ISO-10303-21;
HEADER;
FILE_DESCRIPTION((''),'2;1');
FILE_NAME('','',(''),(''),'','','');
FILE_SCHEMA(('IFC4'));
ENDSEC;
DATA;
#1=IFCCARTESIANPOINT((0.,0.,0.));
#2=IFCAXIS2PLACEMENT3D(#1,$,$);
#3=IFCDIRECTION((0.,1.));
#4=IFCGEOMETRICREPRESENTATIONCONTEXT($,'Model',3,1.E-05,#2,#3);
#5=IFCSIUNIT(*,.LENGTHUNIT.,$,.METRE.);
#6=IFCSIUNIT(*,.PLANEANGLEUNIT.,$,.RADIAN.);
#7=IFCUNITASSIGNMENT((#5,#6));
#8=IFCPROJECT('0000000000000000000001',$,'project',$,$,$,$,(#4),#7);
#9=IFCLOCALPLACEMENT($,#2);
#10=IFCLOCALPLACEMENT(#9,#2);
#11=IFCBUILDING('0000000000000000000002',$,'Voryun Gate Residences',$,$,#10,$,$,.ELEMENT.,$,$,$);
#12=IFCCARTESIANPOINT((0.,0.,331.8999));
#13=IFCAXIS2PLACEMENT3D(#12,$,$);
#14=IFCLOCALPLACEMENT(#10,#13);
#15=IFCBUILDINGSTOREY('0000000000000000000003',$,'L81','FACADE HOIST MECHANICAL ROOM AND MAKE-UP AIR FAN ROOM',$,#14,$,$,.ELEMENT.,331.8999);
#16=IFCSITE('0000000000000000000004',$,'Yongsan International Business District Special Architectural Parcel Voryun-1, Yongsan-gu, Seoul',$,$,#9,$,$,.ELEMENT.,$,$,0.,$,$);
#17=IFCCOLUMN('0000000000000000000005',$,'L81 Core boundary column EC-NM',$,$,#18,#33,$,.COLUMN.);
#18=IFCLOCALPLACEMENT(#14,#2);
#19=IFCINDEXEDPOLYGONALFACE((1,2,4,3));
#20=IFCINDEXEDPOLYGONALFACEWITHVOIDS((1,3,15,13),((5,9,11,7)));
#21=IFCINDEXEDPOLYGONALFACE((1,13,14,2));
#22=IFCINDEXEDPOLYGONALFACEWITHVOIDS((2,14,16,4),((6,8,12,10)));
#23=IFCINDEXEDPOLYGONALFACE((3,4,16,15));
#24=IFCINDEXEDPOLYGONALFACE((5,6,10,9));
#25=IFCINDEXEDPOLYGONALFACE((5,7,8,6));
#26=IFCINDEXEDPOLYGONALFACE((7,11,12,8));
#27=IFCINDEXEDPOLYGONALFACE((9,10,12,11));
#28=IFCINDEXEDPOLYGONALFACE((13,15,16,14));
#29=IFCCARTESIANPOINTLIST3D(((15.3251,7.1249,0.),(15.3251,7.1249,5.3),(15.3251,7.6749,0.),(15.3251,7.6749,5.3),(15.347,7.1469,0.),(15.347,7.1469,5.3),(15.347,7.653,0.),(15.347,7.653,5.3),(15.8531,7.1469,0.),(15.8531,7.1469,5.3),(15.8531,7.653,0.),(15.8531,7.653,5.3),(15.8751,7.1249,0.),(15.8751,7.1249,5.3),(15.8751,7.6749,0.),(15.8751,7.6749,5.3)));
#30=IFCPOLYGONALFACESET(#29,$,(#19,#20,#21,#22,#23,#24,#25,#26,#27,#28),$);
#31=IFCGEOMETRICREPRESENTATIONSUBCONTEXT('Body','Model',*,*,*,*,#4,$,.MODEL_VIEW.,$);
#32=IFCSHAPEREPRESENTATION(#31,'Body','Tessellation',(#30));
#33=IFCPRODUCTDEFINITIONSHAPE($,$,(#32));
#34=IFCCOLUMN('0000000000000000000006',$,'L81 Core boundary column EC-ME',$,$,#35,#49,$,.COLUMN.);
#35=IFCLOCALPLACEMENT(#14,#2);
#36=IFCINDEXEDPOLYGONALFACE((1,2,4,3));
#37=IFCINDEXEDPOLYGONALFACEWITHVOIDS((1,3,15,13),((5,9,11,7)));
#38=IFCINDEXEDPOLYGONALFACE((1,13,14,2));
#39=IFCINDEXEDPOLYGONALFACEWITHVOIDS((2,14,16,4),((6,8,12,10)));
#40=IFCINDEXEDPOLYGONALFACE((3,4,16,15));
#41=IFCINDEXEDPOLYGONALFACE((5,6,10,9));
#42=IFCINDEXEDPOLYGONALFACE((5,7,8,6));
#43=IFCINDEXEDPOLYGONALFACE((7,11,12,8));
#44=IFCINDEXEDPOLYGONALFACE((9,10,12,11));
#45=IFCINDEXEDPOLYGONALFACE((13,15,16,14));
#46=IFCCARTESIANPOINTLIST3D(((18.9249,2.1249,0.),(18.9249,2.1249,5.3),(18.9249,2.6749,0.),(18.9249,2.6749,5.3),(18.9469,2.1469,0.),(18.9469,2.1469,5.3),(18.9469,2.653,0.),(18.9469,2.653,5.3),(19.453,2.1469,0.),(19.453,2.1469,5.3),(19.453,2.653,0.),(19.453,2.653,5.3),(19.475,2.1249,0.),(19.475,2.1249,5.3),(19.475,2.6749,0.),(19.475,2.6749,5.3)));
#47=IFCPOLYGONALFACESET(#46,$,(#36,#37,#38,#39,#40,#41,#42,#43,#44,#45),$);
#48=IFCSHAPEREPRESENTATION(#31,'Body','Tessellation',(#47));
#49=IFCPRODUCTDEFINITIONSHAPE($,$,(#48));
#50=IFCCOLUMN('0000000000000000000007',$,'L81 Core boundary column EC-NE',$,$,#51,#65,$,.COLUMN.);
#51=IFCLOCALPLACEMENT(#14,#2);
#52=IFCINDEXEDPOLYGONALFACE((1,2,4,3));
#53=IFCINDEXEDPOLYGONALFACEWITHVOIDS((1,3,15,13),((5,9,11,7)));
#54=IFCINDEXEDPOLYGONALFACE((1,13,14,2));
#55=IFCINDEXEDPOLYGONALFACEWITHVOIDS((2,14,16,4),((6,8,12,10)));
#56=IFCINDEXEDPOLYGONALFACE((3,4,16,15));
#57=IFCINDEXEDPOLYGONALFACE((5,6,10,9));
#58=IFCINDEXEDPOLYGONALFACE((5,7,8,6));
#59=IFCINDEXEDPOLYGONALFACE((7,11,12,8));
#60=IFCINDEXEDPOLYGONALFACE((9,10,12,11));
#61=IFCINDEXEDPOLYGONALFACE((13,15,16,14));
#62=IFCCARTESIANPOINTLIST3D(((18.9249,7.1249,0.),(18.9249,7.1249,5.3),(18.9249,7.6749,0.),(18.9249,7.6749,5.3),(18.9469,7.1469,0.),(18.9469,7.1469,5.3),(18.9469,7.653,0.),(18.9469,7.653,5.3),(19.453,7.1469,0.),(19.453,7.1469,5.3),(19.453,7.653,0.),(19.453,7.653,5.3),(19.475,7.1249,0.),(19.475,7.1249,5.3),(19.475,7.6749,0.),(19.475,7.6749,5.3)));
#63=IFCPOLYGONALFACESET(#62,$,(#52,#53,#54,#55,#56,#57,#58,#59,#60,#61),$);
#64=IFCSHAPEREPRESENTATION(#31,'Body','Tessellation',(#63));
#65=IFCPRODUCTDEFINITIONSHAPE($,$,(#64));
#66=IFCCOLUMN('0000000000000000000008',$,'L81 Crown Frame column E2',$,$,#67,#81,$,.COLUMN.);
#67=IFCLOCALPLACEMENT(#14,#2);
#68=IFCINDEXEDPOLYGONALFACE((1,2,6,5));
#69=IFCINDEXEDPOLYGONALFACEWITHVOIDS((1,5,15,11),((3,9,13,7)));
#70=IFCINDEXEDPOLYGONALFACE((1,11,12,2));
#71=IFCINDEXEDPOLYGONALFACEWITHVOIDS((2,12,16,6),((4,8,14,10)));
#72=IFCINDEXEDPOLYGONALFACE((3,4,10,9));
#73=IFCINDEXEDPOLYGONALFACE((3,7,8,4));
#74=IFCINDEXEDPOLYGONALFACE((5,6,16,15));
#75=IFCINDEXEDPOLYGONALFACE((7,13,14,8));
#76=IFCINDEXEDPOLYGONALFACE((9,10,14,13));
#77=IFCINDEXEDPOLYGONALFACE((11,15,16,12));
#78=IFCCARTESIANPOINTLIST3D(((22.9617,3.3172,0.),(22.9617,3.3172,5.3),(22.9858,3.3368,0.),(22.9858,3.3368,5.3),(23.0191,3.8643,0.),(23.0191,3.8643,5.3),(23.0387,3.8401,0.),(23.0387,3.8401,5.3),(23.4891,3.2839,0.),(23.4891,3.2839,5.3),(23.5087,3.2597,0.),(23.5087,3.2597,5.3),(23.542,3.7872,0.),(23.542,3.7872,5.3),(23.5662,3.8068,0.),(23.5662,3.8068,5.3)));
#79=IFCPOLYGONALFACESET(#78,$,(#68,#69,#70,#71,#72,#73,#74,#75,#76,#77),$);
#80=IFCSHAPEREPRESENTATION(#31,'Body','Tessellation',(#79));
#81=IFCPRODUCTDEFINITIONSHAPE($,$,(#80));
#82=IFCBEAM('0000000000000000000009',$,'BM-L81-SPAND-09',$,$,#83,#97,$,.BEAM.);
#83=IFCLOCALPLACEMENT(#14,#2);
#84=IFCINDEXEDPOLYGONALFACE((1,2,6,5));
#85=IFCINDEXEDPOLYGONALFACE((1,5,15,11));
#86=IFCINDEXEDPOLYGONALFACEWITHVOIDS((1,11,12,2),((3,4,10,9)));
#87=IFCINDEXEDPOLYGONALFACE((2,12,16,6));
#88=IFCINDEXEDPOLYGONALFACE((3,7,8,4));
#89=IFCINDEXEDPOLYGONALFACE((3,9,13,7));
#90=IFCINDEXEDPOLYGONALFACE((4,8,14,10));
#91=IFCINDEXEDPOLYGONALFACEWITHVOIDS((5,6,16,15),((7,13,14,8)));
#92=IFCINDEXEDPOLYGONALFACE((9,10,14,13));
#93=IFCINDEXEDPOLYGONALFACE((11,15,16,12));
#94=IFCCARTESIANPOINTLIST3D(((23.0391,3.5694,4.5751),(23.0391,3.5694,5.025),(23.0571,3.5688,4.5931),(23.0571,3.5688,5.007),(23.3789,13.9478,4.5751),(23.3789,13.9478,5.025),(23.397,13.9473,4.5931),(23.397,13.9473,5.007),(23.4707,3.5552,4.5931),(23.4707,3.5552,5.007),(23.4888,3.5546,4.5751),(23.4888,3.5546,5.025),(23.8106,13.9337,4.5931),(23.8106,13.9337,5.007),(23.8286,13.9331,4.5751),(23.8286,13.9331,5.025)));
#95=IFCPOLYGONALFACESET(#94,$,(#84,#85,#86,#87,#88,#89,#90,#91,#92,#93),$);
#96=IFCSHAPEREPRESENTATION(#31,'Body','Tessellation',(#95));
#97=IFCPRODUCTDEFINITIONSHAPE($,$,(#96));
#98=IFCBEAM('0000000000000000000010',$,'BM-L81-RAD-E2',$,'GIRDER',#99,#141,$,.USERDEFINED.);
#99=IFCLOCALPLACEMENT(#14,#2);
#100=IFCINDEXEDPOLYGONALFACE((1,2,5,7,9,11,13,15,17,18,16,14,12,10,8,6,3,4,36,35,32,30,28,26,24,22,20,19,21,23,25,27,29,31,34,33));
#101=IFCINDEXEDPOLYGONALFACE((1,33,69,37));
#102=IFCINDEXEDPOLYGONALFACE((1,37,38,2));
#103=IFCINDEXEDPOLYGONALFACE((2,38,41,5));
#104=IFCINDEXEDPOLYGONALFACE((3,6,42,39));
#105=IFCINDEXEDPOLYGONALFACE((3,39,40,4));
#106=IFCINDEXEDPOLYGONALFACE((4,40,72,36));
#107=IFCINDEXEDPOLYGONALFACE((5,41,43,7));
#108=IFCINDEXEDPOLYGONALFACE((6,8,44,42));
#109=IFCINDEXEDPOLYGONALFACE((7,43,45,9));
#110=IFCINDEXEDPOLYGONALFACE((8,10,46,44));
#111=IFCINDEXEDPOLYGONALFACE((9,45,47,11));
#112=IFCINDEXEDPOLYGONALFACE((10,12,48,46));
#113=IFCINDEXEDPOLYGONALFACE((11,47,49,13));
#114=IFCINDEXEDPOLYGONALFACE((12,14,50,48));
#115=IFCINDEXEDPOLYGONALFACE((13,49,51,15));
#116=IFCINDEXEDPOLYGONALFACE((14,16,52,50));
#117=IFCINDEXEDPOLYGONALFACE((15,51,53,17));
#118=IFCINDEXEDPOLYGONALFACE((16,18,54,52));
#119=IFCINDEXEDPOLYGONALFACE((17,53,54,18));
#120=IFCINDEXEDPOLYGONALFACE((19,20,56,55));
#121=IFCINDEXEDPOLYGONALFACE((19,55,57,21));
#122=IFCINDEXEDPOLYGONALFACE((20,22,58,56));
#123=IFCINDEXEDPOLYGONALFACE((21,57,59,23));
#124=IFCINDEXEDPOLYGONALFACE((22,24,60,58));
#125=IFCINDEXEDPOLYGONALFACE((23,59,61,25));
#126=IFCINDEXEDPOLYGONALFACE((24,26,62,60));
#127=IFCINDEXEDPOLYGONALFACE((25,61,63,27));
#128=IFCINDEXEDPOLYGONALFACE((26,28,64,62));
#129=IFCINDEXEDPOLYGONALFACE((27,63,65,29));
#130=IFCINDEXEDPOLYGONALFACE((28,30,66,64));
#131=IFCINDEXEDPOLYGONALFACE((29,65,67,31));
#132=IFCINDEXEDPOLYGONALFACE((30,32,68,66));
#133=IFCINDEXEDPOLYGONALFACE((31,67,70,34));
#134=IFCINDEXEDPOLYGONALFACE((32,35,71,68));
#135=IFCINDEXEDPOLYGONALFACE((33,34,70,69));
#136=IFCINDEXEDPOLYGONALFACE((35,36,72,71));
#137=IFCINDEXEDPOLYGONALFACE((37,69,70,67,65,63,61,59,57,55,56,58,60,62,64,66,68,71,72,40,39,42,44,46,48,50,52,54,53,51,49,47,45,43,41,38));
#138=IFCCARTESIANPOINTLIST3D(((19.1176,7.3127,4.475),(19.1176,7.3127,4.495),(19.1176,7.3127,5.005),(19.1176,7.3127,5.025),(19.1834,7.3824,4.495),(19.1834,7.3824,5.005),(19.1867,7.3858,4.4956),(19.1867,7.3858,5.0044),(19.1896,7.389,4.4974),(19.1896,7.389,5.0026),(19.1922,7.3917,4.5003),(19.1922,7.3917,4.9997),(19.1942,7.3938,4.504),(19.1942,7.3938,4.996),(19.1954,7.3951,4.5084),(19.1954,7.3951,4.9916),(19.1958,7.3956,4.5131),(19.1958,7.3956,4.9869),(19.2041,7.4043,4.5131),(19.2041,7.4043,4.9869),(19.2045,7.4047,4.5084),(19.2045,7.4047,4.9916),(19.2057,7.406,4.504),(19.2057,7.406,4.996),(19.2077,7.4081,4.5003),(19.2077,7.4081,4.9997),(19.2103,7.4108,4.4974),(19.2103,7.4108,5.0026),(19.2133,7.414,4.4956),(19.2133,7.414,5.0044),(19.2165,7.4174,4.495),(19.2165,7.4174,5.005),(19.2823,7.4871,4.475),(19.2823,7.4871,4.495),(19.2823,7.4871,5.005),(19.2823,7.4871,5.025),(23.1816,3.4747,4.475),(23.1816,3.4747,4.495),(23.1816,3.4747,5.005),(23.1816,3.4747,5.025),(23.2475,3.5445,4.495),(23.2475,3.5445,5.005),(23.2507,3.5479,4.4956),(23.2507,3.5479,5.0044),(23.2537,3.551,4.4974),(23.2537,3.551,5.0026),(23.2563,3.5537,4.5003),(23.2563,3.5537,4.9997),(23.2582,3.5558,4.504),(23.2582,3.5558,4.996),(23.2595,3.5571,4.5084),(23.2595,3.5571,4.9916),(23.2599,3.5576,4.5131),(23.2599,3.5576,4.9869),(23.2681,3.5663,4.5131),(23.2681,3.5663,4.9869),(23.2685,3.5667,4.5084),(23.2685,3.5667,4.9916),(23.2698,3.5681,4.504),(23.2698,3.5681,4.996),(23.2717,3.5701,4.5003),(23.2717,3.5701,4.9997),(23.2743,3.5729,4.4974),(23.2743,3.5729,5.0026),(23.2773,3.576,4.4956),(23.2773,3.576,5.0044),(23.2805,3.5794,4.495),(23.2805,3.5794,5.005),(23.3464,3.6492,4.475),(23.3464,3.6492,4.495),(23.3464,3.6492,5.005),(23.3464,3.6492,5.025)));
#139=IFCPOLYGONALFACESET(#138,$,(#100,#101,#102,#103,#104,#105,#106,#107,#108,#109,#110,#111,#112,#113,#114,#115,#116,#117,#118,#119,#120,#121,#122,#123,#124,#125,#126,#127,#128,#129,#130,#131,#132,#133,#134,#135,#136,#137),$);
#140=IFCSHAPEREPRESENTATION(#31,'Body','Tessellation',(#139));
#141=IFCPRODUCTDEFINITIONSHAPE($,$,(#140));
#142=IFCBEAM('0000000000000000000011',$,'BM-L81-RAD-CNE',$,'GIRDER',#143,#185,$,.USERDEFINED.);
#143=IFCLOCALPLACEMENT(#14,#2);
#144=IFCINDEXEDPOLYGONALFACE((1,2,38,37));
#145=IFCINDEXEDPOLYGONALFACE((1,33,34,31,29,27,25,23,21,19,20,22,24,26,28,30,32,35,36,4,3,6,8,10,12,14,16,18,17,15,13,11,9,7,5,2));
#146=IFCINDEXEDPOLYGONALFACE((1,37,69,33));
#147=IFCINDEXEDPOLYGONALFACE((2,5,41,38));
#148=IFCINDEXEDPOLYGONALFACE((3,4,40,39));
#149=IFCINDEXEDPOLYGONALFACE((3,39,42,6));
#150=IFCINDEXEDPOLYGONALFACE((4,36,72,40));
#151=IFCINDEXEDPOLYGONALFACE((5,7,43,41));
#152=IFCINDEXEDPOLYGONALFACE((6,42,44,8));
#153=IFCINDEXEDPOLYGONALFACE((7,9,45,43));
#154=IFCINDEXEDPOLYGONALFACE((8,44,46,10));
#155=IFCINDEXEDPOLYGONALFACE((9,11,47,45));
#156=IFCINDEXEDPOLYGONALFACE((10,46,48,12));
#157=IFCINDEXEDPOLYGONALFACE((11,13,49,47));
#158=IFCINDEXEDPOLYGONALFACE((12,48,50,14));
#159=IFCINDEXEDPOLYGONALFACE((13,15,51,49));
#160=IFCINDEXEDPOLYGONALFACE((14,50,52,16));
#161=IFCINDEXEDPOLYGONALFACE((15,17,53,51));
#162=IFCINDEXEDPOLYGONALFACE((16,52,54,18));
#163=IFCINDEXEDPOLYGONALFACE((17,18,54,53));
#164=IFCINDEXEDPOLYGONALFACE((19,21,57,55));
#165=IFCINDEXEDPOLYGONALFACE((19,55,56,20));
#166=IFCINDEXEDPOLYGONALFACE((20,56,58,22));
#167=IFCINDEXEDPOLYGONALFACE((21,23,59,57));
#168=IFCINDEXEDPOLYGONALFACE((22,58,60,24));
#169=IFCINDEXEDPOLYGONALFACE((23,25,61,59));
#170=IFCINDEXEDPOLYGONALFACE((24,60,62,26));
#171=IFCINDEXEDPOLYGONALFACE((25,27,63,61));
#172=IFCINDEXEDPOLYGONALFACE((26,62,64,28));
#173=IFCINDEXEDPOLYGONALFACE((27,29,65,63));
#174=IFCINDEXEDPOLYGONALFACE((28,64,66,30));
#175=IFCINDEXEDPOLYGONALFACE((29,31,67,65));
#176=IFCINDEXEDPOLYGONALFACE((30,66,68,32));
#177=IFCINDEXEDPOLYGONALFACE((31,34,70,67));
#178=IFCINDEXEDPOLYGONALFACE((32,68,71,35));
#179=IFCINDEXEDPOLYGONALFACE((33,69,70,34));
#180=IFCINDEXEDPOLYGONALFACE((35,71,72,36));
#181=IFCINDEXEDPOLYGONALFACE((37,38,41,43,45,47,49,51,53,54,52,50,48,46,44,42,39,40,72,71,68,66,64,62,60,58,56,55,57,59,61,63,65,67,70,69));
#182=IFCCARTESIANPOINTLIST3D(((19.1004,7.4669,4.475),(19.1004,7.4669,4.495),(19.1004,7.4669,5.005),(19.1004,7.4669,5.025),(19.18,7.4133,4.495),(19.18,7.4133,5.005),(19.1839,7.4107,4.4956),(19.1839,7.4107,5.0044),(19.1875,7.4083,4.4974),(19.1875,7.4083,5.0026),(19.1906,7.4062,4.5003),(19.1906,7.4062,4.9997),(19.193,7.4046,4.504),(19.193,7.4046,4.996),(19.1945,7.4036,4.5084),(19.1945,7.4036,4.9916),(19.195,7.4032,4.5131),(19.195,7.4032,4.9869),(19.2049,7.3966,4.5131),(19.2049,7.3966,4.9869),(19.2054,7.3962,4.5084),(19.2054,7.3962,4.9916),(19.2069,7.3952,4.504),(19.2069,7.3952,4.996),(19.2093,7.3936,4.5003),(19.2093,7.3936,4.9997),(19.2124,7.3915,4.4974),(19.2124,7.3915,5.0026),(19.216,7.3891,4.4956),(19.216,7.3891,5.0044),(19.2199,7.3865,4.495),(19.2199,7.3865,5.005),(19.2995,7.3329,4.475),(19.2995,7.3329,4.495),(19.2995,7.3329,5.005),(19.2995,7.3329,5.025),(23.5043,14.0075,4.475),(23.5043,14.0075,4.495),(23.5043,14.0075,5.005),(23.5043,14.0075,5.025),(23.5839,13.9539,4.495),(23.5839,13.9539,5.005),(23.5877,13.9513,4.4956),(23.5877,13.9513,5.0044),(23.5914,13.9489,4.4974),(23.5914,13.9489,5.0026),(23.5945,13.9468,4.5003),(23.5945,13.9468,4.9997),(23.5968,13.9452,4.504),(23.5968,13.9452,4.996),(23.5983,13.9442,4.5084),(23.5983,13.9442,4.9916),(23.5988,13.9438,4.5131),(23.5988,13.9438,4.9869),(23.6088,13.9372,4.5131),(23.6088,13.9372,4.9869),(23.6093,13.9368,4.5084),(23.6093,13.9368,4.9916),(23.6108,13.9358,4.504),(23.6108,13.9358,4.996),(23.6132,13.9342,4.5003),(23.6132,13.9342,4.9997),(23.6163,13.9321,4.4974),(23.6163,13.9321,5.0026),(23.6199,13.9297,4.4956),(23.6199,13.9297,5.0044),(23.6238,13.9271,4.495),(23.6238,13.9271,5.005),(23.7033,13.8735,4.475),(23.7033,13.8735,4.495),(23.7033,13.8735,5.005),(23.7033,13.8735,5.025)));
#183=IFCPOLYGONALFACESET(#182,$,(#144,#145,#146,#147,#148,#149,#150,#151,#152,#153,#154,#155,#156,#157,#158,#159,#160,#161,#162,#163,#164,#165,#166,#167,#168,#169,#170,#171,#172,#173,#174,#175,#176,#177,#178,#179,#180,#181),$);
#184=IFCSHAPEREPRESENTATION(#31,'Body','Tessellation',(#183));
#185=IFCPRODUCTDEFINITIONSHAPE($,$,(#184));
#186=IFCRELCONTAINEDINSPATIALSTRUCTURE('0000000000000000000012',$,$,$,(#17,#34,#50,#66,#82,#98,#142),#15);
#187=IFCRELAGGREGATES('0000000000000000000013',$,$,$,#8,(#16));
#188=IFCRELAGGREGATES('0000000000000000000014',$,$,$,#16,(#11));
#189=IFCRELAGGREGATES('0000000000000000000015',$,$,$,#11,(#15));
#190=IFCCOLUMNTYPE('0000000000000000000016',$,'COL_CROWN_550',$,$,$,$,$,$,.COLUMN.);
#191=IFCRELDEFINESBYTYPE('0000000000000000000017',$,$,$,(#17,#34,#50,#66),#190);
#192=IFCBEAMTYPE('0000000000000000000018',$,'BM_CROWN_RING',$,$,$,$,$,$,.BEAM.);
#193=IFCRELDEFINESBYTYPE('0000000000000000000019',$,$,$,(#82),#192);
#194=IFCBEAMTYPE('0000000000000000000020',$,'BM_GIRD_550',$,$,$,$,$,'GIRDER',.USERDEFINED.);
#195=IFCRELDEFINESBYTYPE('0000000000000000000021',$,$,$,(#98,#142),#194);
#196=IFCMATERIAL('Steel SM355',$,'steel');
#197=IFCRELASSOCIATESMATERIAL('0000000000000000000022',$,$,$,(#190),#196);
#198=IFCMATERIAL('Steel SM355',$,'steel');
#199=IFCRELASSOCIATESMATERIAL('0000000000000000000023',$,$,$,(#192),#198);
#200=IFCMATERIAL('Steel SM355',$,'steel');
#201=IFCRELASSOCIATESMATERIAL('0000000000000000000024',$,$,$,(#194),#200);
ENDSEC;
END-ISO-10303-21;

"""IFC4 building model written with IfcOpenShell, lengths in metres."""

from ifc_helpers import new_model, si_unit, direction, frame, origin, origin_2d, place, context, subcontext, project, spatial, hollow_rectangle, i_section, extrude, material, material_profile, profile_set, type_object, element, save


model = new_model("IFC4")

# Units and contexts
model_context = context("Model", 3, precision=1e-05, world=origin(), true_north=direction((0.0, 1.0)))
body_context = subcontext(model_context, "Body", "Model", "MODEL_VIEW")
ifc_project = project(units=[si_unit("LENGTHUNIT", "METRE"), si_unit("PLANEANGLEUNIT", "RADIAN")], contexts=[model_context])

# Site, building, storey
site_placement = place(None, origin())
site = spatial("IfcSite", under=ifc_project, at=site_placement, Name="Yongsan International Business District Special Architectural Parcel Voryun-1, Yongsan-gu, Seoul", CompositionType="ELEMENT", RefElevation=0.0)
building_placement = place(site_placement, origin())
building = spatial("IfcBuilding", under=site, at=building_placement, Name="Voryun Gate Residences", CompositionType="ELEMENT")
storey_placement = place(building_placement, frame((0.0, 0.0, 331.8999)))
storey = spatial("IfcBuildingStorey", under=building, at=storey_placement, Name="L81", Description="FACADE HOIST MECHANICAL ROOM AND MAKE-UP AIR FAN ROOM", CompositionType="ELEMENT", Elevation=331.8999)

# Columns
ifc_material_1 = material(Name="Steel SM355", Category="steel")
ifc_material_profile_1 = material_profile(ifc_material_1, hollow_rectangle(XDim=0.55, YDim=0.55, WallThickness=0.022, at=origin_2d()), Name="BOX-550x550x22")
ifc_profile_set_1 = profile_set([ifc_material_profile_1], Name="Steel SM355")
column_type = type_object("IfcColumnType", Name="COL_CROWN_550", PredefinedType="COLUMN", material=ifc_profile_set_1)
for number, where, z_axis, x_axis, name in (
    (1, (15.6001, 7.3999, 0.0), (0.0, 0.0, 1.0), (1.0, 0.0, 0.0), "L81 Core boundary column EC-NM"),
    (2, (19.2, 2.3999, 0.0), (0.0, 0.0, 1.0), (1.0, 0.0, 0.0), "L81 Core boundary column EC-ME"),
    (3, (19.2, 7.3999, 0.0), (0.0, 0.0, 1.0), (1.0, 0.0, 0.0), "L81 Core boundary column EC-NE"),
    (4, (23.2639, 3.562, 0.0), (0.0, 0.0, 1.0), (0.994522, -0.104528, 0.0), "L81 Crown Frame column E2"),
):
    element("IfcColumn", number, at=place(storey_placement, frame(where, z_axis=z_axis, x_axis=x_axis)), inside=storey, type_object=column_type, Name=name, PredefinedType="COLUMN", context=body_context, shape_type="SweptSolid", body=[
        extrude(hollow_rectangle(XDim=0.55, YDim=0.55, WallThickness=0.022, at=origin_2d()), origin(), (0.0, 0.0, 1.0), 5.3),
    ])

# Beams
ifc_material_2 = material(Name="Steel SM355", Category="steel")
ifc_material_profile_2 = material_profile(ifc_material_2, hollow_rectangle(XDim=0.45, YDim=0.45, WallThickness=0.0181, at=origin_2d()), Name="BOX-450x450x18")
ifc_profile_set_2 = profile_set([ifc_material_profile_2], Name="Steel SM355")
beam_type_1 = type_object("IfcBeamType", Name="BM_CROWN_RING", PredefinedType="BEAM", material=ifc_profile_set_2)
beam_1_placement = place(storey_placement, frame((23.2639, 3.562, 4.8), z_axis=(0.032728, 0.999464, 0.0), x_axis=(-0.999464, 0.032728, 0.0)))
element("IfcBeam", 5, at=beam_1_placement, inside=storey, type_object=beam_type_1, Name="BM-L81-SPAND-09", PredefinedType="BEAM", context=body_context, shape_type="SweptSolid", body=[
    extrude(hollow_rectangle(XDim=0.45, YDim=0.45, WallThickness=0.0181, at=origin_2d()), origin(), (0.0, 0.0, 1.0), 10.384),
])
ifc_material_3 = material(Name="Steel SM355", Category="steel")
ifc_material_profile_3 = material_profile(ifc_material_3, i_section(OverallWidth=0.24, OverallDepth=0.55, WebThickness=0.012, FlangeThickness=0.02, FilletRadius=0.0181, at=origin_2d()), Name="H-550x240x12x20")
ifc_profile_set_3 = profile_set([ifc_material_profile_3], Name="Steel SM355")
beam_type_2 = type_object("IfcBeamType", Name="BM_GIRD_550", ElementType="GIRDER", PredefinedType="USERDEFINED", material=ifc_profile_set_3)
beam_2_placement = place(storey_placement, frame((19.2, 7.3999, 4.75), z_axis=(0.72704, -0.686595, 0.0), x_axis=(0.686595, 0.72704, 0.0)))
element("IfcBeam", 6, at=beam_2_placement, inside=storey, type_object=beam_type_2, Name="BM-L81-RAD-E2", ObjectType="GIRDER", PredefinedType="USERDEFINED", context=body_context, shape_type="SweptSolid", body=[
    extrude(i_section(OverallWidth=0.24, OverallDepth=0.55, WebThickness=0.012, FlangeThickness=0.02, FilletRadius=0.0181, at=origin_2d()), origin(), (0.0, 0.0, 1.0), 5.5898),
])
beam_3_placement = place(storey_placement, frame((19.2, 7.3999, 4.75), z_axis=(0.55851, 0.829498, 0.0), x_axis=(-0.829498, 0.55851, 0.0)))
element("IfcBeam", 7, at=beam_3_placement, inside=storey, type_object=beam_type_2, Name="BM-L81-RAD-CNE", ObjectType="GIRDER", PredefinedType="USERDEFINED", context=body_context, shape_type="SweptSolid", body=[
    extrude(i_section(OverallWidth=0.24, OverallDepth=0.55, WebThickness=0.012, FlangeThickness=0.02, FilletRadius=0.0181, at=origin_2d()), origin(), (0.0, 0.0, 1.0), 7.885),
])

save(model, "model.ifc")
